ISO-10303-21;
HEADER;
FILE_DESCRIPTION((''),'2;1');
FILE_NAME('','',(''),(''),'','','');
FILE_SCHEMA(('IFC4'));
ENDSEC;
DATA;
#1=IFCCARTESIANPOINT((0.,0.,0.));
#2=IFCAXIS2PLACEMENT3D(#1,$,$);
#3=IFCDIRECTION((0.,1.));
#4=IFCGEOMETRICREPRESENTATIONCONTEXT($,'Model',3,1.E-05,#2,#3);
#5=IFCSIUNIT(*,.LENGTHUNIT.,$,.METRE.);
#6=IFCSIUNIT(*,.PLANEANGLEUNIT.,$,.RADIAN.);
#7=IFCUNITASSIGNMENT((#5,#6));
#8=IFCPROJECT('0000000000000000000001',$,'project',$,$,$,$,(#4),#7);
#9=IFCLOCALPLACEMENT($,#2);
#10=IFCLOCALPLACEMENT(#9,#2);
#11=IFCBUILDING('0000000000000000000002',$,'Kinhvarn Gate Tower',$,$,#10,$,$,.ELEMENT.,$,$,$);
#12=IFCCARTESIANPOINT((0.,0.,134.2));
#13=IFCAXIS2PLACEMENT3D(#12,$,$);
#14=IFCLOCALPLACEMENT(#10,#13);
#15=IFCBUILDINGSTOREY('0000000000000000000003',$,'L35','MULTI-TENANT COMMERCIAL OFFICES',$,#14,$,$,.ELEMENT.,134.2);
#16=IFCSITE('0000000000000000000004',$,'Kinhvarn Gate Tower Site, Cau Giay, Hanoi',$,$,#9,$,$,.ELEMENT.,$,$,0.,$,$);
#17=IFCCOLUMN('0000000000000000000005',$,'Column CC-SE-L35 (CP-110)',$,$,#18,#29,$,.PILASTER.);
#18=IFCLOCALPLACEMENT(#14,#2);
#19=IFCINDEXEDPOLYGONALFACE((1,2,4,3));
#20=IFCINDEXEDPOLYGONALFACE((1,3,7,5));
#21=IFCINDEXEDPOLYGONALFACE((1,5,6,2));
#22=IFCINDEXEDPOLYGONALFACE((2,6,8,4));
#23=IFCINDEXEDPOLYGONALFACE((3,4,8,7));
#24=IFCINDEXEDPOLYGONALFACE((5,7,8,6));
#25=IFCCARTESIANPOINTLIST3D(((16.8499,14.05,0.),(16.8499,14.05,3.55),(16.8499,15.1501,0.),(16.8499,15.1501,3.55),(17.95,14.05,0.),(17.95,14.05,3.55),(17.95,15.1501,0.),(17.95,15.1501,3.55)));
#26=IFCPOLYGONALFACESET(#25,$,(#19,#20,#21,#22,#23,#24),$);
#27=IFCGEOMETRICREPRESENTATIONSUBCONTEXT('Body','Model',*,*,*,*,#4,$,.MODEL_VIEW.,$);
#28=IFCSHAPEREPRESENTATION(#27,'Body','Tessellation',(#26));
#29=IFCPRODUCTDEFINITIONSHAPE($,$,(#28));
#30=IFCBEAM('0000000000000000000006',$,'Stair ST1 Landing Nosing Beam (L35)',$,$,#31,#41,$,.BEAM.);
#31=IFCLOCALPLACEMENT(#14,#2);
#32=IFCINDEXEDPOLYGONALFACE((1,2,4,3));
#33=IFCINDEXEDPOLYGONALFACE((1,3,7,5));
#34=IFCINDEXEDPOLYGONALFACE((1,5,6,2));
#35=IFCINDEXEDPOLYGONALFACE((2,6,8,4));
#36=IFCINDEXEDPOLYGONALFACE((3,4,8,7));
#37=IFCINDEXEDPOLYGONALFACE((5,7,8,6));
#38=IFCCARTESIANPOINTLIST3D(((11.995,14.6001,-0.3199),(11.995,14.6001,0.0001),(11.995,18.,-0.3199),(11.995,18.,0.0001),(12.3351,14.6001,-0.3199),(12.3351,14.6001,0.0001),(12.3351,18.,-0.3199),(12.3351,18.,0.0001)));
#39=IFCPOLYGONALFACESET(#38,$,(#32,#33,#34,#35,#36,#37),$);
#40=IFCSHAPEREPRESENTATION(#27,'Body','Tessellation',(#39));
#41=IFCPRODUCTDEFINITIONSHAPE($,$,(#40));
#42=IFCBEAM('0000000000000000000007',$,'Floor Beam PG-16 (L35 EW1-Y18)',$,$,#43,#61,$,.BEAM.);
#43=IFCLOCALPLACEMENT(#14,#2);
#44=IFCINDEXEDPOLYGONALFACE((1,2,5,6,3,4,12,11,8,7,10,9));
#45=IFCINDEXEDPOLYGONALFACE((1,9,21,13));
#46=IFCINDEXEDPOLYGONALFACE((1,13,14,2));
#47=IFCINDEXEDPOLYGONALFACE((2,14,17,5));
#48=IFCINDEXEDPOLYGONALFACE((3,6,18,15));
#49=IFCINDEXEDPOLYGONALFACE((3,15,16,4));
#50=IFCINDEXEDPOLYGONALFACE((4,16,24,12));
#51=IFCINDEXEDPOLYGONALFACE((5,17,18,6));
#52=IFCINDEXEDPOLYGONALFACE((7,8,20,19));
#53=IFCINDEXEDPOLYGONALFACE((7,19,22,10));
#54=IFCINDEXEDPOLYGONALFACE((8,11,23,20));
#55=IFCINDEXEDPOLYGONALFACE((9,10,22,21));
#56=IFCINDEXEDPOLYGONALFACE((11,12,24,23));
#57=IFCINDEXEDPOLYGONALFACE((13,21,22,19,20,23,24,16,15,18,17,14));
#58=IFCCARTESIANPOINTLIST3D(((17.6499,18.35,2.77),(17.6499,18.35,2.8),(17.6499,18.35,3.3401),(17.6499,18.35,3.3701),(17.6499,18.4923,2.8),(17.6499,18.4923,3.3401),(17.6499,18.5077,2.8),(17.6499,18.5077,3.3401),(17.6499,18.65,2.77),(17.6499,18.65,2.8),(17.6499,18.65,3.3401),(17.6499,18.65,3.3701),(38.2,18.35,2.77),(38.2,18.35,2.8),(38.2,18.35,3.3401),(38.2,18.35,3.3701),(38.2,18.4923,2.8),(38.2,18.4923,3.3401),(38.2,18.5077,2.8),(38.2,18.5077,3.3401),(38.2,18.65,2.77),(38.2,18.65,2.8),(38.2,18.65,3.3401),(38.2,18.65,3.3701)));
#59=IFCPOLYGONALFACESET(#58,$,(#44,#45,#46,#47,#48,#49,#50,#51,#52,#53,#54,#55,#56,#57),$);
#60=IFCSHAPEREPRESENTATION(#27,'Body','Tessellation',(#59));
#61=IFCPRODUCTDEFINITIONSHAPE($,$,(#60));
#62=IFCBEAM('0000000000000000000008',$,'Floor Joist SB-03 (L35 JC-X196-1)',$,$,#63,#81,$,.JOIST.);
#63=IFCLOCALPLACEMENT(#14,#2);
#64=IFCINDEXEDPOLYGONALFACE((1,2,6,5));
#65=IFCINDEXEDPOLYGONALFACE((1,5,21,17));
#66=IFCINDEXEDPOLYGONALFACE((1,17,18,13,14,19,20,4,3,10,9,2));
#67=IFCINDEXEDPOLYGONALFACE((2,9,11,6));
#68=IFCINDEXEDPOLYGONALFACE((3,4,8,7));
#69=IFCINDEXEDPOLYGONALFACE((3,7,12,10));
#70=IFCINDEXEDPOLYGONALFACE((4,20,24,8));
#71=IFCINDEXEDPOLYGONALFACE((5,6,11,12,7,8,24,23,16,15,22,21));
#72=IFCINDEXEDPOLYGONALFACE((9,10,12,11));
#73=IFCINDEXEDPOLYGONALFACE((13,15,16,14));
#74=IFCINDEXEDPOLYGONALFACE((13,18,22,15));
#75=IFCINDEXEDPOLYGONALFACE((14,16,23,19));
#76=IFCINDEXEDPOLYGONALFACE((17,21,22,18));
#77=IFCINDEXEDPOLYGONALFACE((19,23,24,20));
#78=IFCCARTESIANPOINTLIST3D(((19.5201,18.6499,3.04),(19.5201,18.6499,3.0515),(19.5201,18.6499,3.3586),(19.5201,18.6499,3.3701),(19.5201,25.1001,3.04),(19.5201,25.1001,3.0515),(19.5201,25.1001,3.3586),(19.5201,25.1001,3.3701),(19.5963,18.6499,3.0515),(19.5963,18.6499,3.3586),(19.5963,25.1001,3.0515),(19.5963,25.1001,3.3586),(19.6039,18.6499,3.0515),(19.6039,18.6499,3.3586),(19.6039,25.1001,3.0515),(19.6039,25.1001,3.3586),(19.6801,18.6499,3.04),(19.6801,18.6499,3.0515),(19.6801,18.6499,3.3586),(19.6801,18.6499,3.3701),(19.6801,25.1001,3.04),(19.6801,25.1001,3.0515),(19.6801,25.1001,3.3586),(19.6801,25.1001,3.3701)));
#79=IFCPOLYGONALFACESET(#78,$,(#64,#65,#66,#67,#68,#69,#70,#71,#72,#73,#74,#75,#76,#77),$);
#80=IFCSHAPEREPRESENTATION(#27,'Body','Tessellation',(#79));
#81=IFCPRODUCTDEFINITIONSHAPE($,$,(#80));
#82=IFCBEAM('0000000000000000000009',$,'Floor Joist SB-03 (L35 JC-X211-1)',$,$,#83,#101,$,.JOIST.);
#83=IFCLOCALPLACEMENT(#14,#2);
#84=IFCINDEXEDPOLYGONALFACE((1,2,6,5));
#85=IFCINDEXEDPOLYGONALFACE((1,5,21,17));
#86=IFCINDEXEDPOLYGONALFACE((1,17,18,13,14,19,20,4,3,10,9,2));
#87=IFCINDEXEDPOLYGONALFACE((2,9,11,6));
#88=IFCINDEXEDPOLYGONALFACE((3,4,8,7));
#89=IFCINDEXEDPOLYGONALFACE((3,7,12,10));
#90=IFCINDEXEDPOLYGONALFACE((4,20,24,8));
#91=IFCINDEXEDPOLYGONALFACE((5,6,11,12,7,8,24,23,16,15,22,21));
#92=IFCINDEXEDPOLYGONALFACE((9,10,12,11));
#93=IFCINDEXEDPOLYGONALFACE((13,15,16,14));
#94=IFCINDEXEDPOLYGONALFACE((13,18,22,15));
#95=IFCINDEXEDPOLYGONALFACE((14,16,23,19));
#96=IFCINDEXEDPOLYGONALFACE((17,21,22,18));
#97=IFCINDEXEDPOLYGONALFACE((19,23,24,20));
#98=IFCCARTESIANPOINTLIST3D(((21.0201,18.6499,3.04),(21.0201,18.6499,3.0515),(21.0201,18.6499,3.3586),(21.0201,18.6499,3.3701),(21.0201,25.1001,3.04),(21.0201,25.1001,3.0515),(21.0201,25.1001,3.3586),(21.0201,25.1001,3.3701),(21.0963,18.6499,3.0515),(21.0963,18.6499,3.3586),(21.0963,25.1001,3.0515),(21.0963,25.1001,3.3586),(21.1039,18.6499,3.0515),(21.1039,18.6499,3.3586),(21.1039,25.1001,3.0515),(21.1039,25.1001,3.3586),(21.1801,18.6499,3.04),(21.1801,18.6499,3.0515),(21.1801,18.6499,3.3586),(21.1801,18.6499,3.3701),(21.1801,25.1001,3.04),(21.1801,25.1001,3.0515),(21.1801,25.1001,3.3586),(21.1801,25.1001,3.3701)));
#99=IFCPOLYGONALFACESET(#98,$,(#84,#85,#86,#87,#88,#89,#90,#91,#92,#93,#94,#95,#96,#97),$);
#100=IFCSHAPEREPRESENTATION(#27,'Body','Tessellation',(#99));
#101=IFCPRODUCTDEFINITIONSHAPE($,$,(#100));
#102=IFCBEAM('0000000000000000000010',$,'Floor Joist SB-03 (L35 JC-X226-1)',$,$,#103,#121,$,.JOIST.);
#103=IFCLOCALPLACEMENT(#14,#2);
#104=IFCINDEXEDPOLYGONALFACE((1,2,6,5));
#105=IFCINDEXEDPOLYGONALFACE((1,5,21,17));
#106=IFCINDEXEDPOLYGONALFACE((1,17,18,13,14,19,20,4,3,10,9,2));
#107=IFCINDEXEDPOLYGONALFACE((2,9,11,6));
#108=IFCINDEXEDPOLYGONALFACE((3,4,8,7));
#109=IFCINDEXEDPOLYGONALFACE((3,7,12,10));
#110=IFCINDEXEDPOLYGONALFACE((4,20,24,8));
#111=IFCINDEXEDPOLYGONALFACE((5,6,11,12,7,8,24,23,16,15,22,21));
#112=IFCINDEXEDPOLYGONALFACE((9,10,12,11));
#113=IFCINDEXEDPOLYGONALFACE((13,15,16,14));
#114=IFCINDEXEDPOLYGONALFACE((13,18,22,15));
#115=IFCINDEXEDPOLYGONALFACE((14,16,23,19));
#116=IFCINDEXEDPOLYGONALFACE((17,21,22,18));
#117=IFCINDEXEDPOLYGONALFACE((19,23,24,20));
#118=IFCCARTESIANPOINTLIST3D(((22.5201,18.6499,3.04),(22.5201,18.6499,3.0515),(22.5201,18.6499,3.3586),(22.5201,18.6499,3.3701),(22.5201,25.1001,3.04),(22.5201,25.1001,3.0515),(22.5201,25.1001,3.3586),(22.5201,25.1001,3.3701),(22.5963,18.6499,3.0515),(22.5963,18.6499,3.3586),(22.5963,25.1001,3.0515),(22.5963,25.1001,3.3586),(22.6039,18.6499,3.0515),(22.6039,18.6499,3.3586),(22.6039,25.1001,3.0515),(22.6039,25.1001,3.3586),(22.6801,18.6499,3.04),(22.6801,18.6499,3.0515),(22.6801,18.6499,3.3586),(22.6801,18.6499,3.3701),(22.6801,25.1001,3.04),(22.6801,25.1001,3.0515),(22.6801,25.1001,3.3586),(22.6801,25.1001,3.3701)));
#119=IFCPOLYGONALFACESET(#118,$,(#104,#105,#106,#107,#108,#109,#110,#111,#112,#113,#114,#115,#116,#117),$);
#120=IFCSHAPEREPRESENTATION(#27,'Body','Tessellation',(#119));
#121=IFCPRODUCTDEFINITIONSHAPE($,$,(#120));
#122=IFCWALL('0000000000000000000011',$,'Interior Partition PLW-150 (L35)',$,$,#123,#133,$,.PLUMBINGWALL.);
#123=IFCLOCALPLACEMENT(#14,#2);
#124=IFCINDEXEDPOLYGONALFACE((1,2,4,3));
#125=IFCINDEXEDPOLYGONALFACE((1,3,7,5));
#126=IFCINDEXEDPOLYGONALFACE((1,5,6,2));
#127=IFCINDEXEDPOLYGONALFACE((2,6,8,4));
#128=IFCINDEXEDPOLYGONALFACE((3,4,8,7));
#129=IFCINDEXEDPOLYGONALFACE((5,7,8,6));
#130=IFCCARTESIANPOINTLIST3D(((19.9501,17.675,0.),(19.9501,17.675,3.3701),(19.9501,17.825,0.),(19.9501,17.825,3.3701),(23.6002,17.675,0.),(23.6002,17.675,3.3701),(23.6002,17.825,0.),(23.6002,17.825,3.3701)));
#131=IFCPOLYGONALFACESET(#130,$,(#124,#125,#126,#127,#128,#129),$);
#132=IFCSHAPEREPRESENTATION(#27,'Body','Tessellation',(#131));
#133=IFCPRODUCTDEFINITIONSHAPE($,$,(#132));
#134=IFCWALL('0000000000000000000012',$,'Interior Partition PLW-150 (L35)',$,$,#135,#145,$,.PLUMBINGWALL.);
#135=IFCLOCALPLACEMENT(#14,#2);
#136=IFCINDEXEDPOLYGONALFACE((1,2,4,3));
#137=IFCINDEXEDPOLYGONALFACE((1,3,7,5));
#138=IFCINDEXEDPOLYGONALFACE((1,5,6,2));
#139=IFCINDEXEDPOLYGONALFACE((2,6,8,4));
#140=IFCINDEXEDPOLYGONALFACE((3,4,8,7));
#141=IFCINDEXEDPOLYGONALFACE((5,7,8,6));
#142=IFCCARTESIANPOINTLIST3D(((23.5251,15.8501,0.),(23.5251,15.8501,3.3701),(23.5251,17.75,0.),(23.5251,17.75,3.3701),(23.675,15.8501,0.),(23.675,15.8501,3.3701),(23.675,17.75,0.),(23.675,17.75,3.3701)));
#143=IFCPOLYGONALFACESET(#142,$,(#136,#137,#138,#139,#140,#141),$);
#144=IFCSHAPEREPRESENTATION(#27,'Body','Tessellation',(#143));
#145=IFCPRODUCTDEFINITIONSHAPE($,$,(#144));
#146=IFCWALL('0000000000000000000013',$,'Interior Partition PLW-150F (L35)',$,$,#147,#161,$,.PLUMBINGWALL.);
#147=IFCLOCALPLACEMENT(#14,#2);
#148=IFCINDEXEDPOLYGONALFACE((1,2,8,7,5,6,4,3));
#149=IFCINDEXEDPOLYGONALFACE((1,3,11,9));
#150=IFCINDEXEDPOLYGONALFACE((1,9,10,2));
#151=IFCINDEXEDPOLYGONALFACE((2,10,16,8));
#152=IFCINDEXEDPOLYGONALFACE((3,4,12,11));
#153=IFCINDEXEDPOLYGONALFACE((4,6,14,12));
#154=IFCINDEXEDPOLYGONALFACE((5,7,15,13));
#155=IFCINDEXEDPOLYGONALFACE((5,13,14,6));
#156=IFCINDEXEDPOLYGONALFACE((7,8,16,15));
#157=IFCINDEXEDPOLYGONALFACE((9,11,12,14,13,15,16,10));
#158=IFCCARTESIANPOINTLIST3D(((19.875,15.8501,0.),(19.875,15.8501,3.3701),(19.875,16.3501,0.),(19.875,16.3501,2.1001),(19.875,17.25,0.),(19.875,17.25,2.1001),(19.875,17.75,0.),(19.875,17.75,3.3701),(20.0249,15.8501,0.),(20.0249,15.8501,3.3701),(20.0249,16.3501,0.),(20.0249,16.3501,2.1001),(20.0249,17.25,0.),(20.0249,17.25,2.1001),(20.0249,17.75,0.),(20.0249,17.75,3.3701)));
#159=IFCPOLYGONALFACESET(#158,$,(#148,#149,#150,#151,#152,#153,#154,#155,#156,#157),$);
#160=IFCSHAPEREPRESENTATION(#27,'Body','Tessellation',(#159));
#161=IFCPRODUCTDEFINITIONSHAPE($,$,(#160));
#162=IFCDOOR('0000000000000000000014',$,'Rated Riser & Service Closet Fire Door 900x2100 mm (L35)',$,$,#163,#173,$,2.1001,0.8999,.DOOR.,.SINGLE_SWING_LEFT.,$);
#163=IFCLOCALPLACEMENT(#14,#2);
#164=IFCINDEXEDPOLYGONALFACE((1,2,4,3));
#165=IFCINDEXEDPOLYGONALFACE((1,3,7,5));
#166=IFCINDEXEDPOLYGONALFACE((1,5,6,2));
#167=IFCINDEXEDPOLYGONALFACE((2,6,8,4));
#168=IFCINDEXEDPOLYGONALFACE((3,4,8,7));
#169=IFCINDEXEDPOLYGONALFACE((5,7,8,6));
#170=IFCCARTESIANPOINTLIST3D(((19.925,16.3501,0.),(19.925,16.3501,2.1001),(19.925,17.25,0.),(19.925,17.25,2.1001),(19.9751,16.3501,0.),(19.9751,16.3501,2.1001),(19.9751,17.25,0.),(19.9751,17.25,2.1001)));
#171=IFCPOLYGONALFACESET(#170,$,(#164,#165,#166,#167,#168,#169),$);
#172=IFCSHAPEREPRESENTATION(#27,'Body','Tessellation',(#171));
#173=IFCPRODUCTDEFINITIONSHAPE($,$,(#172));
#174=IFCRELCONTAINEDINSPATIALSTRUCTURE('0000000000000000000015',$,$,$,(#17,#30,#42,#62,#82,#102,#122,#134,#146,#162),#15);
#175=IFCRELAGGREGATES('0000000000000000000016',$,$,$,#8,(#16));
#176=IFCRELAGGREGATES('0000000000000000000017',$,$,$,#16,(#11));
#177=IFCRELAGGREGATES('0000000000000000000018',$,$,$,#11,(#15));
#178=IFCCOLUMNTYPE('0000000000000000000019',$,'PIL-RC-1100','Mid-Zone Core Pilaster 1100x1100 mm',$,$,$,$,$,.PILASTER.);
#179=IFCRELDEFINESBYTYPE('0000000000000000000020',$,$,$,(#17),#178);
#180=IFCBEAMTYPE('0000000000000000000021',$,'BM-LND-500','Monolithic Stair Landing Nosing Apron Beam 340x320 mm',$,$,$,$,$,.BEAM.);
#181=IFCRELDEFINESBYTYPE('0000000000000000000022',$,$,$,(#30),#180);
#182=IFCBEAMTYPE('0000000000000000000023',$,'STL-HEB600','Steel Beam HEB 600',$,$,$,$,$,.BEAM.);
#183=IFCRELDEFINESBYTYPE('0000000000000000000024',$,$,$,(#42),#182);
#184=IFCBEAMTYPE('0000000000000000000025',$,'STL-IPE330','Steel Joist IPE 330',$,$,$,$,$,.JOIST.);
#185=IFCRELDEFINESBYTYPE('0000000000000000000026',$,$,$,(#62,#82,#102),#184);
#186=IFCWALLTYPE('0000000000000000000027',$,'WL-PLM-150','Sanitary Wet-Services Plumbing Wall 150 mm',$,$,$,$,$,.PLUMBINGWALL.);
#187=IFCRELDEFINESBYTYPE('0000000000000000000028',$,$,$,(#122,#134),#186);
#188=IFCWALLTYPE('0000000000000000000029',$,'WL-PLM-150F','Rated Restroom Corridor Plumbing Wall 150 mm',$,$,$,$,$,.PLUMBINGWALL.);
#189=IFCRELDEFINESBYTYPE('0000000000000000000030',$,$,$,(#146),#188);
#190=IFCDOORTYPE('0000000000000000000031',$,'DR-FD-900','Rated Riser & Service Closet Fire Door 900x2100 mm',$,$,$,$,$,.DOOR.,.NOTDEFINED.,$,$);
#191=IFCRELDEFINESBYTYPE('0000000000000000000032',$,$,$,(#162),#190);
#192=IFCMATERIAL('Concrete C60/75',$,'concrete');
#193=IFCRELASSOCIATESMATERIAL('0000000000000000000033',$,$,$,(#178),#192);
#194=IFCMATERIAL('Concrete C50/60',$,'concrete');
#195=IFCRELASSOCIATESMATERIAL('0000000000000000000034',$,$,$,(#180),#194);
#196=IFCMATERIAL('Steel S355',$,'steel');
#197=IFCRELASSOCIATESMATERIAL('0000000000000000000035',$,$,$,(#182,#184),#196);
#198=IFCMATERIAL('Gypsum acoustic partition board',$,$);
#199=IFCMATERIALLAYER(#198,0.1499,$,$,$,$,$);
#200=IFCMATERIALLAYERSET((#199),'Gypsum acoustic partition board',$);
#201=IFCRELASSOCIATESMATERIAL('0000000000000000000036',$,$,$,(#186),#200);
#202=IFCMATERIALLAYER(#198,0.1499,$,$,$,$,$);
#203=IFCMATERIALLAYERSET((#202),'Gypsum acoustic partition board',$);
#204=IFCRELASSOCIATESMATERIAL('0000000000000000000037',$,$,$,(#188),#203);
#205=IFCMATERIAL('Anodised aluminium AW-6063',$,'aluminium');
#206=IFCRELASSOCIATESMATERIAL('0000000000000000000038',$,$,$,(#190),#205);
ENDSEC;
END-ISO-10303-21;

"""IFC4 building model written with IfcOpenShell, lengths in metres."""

from ifc_helpers import new_model, si_unit, direction, frame, frame_2d, origin, origin_2d, place, context, subcontext, project, spatial, rectangle, i_section, extrude, material, layer, layer_set, material_profile, profile_set, type_object, element, fill, save


model = new_model("IFC4")

# Units and contexts
model_context = context("Model", 3, precision=1e-05, world=origin(), true_north=direction((0.0, 1.0)))
body_context = subcontext(model_context, "Body", "Model", "MODEL_VIEW")
ifc_project = project(units=[si_unit("LENGTHUNIT", "METRE"), si_unit("PLANEANGLEUNIT", "RADIAN")], contexts=[model_context])

# Site, building, storey
site_placement = place(None, origin())
site = spatial("IfcSite", under=ifc_project, at=site_placement, Name="Kinhvarn Gate Tower Site, Cau Giay, Hanoi", CompositionType="ELEMENT", RefElevation=0.0)
building_placement = place(site_placement, origin())
building = spatial("IfcBuilding", under=site, at=building_placement, Name="Kinhvarn Gate Tower", CompositionType="ELEMENT")
storey_placement = place(building_placement, frame((0.0, 0.0, 134.2)))
storey = spatial("IfcBuildingStorey", under=building, at=storey_placement, Name="L35", Description="MULTI-TENANT COMMERCIAL OFFICES", CompositionType="ELEMENT", Elevation=134.2)

# Column
ifc_material_1 = material(Name="Concrete C60/75", Category="concrete")
ifc_material_profile_1 = material_profile(ifc_material_1, rectangle(XDim=1.1001, YDim=1.1001, at=origin_2d()), Name="RC 1100x1100")
ifc_profile_set_1 = profile_set([ifc_material_profile_1], Name="Concrete C60/75")
column_type = type_object("IfcColumnType", Name="PIL-RC-1100", Description="Mid-Zone Core Pilaster 1100x1100 mm", PredefinedType="PILASTER", material=ifc_profile_set_1)
column_placement = place(storey_placement, frame((17.3999, 14.6001, 0.0), z_axis=(0.0, 0.0, 1.0), x_axis=(1.0, 0.0, 0.0)))
element("IfcColumn", 1, at=column_placement, inside=storey, type_object=column_type, Name="Column CC-SE-L35 (CP-110)", PredefinedType="PILASTER", context=body_context, shape_type="SweptSolid", body=[
    extrude(rectangle(XDim=1.1001, YDim=1.1001, at=origin_2d()), origin(), (0.0, 0.0, 1.0), 3.55),
])

# Beams
ifc_material_2 = material(Name="Concrete C50/60", Category="concrete")
ifc_material_profile_2 = material_profile(ifc_material_2, rectangle(XDim=0.3401, YDim=0.3201, at=origin_2d()), Name="RC 340x320")
ifc_profile_set_2 = profile_set([ifc_material_profile_2], Name="Concrete C50/60")
beam_type_1 = type_object("IfcBeamType", Name="BM-LND-500", Description="Monolithic Stair Landing Nosing Apron Beam 340x320 mm", PredefinedType="BEAM", material=ifc_profile_set_2)
beam_1_placement = place(storey_placement, frame((12.165, 14.6001, -0.1599), z_axis=(0.0, 1.0, 0.0), x_axis=(-1.0, 0.0, 0.0)))
element("IfcBeam", 2, at=beam_1_placement, inside=storey, type_object=beam_type_1, Name="Stair ST1 Landing Nosing Beam (L35)", PredefinedType="BEAM", context=body_context, shape_type="SweptSolid", body=[
    extrude(rectangle(XDim=0.3401, YDim=0.3201, at=origin_2d()), origin(), (0.0, 0.0, 1.0), 3.3999),
])
ifc_material_3 = material(Name="Steel S355", Category="steel")
ifc_material_profile_3 = material_profile(ifc_material_3, i_section(OverallWidth=0.3, OverallDepth=0.6001, WebThickness=0.0154, FlangeThickness=0.03, at=origin_2d()), Name="HEB 600")
ifc_profile_set_3 = profile_set([ifc_material_profile_3], Name="Steel S355")
beam_type_2 = type_object("IfcBeamType", Name="STL-HEB600", Description="Steel Beam HEB 600", PredefinedType="BEAM", material=ifc_profile_set_3)
beam_2_placement = place(storey_placement, frame((17.6499, 18.5, 3.0701), z_axis=(1.0, 0.0, 0.0), x_axis=(0.0, 1.0, 0.0)))
element("IfcBeam", 3, at=beam_2_placement, inside=storey, type_object=beam_type_2, Name="Floor Beam PG-16 (L35 EW1-Y18)", PredefinedType="BEAM", context=body_context, shape_type="SweptSolid", body=[
    extrude(i_section(OverallWidth=0.3, OverallDepth=0.6001, WebThickness=0.0154, FlangeThickness=0.03, at=origin_2d()), origin(), (0.0, 0.0, 1.0), 20.55),
])
ifc_material_profile_4 = material_profile(ifc_material_3, i_section(OverallWidth=0.1599, OverallDepth=0.3301, WebThickness=0.0076, FlangeThickness=0.0115, at=origin_2d()), Name="IPE 330")
ifc_profile_set_4 = profile_set([ifc_material_profile_4], Name="Steel S355")
beam_type_3 = type_object("IfcBeamType", Name="STL-IPE330", Description="Steel Joist IPE 330", PredefinedType="JOIST", material=ifc_profile_set_4)
for number, where, z_axis, x_axis, name in (
    (4, (19.6001, 18.6499, 3.2051), (0.0, 1.0, 0.0), (-1.0, 0.0, 0.0), "Floor Joist SB-03 (L35 JC-X196-1)"),
    (5, (21.1001, 18.6499, 3.2051), (0.0, 1.0, 0.0), (-1.0, 0.0, 0.0), "Floor Joist SB-03 (L35 JC-X211-1)"),
    (6, (22.6001, 18.6499, 3.2051), (0.0, 1.0, 0.0), (-1.0, 0.0, 0.0), "Floor Joist SB-03 (L35 JC-X226-1)"),
):
    element("IfcBeam", number, at=place(storey_placement, frame(where, z_axis=z_axis, x_axis=x_axis)), inside=storey, type_object=beam_type_3, Name=name, PredefinedType="JOIST", context=body_context, shape_type="SweptSolid", body=[
        extrude(i_section(OverallWidth=0.1599, OverallDepth=0.3301, WebThickness=0.0076, FlangeThickness=0.0115, at=origin_2d()), origin(), (0.0, 0.0, 1.0), 6.4502),
    ])

# Shared definitions
ifc_material_4 = material(Name="Anodised aluminium AW-6063", Category="aluminium")

# Walls
ifc_material_5 = material(Name="Gypsum acoustic partition board")
ifc_layer_1 = layer(ifc_material_5, 0.1499)
ifc_layer_set_1 = layer_set([ifc_layer_1], Name="Gypsum acoustic partition board")
wall_type_1 = type_object("IfcWallType", Name="WL-PLM-150", Description="Sanitary Wet-Services Plumbing Wall 150 mm", PredefinedType="PLUMBINGWALL", material=ifc_layer_set_1)
wall_1_placement = place(storey_placement, frame((19.95, 17.75, 0.0), z_axis=(0.0, 0.0, 1.0), x_axis=(1.0, 0.0, 0.0)))
element("IfcWall", 7, at=wall_1_placement, inside=storey, type_object=wall_type_1, Name="Interior Partition PLW-150 (L35)", PredefinedType="PLUMBINGWALL", context=body_context, shape_type="SweptSolid", body=[
    extrude(rectangle(XDim=3.6501, YDim=0.1499, at=frame_2d((1.8252, 0.0))), origin(), (0.0, 0.0, 1.0), 3.3701),
])
wall_2_placement = place(storey_placement, frame((23.6001, 15.8501, 0.0), z_axis=(0.0, 0.0, 1.0), x_axis=(0.0, 1.0, 0.0)))
element("IfcWall", 8, at=wall_2_placement, inside=storey, type_object=wall_type_1, Name="Interior Partition PLW-150 (L35)", PredefinedType="PLUMBINGWALL", context=body_context, shape_type="SweptSolid", body=[
    extrude(rectangle(XDim=1.8999, YDim=0.1499, at=frame_2d((0.95, 0.0))), origin(), (0.0, 0.0, 1.0), 3.3701),
])

# Wall, opening, door
ifc_layer_2 = layer(ifc_material_5, 0.1499)
ifc_layer_set_2 = layer_set([ifc_layer_2], Name="Gypsum acoustic partition board")
wall_type_2 = type_object("IfcWallType", Name="WL-PLM-150F", Description="Rated Restroom Corridor Plumbing Wall 150 mm", PredefinedType="PLUMBINGWALL", material=ifc_layer_set_2)
wall_3_placement = place(storey_placement, frame((19.95, 15.8501, 0.0), z_axis=(0.0, 0.0, 1.0), x_axis=(0.0, 1.0, 0.0)))
wall_3 = element("IfcWall", 9, at=wall_3_placement, inside=storey, type_object=wall_type_2, Name="Interior Partition PLW-150F (L35)", PredefinedType="PLUMBINGWALL", context=body_context, shape_type="SweptSolid", body=[
    extrude(rectangle(XDim=1.8999, YDim=0.1499, at=frame_2d((0.95, 0.0))), origin(), (0.0, 0.0, 1.0), 3.3701),
])
opening_1_placement = place(wall_3_placement, frame((0.5, 0.0, 0.0)))
opening_1 = element("IfcOpeningElement", 10, at=opening_1_placement, cuts=wall_3, PredefinedType="OPENING", context=body_context, shape_type="SweptSolid", body=[
    extrude(rectangle(XDim=0.8999, YDim=2.1001, at=frame_2d((0.45, 1.05))), frame((0.0, 0.085, 0.0), z_axis=(0.0, -1.0, 0.0), x_axis=(1.0, 0.0, 0.0)), (0.0, 0.0, 1.0), 0.1699),
])
door_type_1 = type_object("IfcDoorType", Name="DR-FD-900", Description="Rated Riser & Service Closet Fire Door 900x2100 mm", OperationType="NOTDEFINED", PredefinedType="DOOR", material=ifc_material_4)
door_1_placement = place(opening_1_placement, origin())
door_1 = element("IfcDoor", 11, at=door_1_placement, inside=storey, type_object=door_type_1, Name="Rated Riser & Service Closet Fire Door 900x2100 mm (L35)", OperationType="SINGLE_SWING_LEFT", OverallHeight=2.1001, OverallWidth=0.8999, PredefinedType="DOOR", context=body_context, shape_type="SweptSolid", body=[
    extrude(rectangle(XDim=0.8999, YDim=2.1001, at=frame_2d((0.45, 1.05))), frame((0.0, 0.0249, 0.0), z_axis=(0.0, -1.0, 0.0), x_axis=(1.0, 0.0, 0.0)), (0.0, 0.0, 1.0), 0.05),
])
fill(opening_1, door_1)

save(model, "model.ifc")
